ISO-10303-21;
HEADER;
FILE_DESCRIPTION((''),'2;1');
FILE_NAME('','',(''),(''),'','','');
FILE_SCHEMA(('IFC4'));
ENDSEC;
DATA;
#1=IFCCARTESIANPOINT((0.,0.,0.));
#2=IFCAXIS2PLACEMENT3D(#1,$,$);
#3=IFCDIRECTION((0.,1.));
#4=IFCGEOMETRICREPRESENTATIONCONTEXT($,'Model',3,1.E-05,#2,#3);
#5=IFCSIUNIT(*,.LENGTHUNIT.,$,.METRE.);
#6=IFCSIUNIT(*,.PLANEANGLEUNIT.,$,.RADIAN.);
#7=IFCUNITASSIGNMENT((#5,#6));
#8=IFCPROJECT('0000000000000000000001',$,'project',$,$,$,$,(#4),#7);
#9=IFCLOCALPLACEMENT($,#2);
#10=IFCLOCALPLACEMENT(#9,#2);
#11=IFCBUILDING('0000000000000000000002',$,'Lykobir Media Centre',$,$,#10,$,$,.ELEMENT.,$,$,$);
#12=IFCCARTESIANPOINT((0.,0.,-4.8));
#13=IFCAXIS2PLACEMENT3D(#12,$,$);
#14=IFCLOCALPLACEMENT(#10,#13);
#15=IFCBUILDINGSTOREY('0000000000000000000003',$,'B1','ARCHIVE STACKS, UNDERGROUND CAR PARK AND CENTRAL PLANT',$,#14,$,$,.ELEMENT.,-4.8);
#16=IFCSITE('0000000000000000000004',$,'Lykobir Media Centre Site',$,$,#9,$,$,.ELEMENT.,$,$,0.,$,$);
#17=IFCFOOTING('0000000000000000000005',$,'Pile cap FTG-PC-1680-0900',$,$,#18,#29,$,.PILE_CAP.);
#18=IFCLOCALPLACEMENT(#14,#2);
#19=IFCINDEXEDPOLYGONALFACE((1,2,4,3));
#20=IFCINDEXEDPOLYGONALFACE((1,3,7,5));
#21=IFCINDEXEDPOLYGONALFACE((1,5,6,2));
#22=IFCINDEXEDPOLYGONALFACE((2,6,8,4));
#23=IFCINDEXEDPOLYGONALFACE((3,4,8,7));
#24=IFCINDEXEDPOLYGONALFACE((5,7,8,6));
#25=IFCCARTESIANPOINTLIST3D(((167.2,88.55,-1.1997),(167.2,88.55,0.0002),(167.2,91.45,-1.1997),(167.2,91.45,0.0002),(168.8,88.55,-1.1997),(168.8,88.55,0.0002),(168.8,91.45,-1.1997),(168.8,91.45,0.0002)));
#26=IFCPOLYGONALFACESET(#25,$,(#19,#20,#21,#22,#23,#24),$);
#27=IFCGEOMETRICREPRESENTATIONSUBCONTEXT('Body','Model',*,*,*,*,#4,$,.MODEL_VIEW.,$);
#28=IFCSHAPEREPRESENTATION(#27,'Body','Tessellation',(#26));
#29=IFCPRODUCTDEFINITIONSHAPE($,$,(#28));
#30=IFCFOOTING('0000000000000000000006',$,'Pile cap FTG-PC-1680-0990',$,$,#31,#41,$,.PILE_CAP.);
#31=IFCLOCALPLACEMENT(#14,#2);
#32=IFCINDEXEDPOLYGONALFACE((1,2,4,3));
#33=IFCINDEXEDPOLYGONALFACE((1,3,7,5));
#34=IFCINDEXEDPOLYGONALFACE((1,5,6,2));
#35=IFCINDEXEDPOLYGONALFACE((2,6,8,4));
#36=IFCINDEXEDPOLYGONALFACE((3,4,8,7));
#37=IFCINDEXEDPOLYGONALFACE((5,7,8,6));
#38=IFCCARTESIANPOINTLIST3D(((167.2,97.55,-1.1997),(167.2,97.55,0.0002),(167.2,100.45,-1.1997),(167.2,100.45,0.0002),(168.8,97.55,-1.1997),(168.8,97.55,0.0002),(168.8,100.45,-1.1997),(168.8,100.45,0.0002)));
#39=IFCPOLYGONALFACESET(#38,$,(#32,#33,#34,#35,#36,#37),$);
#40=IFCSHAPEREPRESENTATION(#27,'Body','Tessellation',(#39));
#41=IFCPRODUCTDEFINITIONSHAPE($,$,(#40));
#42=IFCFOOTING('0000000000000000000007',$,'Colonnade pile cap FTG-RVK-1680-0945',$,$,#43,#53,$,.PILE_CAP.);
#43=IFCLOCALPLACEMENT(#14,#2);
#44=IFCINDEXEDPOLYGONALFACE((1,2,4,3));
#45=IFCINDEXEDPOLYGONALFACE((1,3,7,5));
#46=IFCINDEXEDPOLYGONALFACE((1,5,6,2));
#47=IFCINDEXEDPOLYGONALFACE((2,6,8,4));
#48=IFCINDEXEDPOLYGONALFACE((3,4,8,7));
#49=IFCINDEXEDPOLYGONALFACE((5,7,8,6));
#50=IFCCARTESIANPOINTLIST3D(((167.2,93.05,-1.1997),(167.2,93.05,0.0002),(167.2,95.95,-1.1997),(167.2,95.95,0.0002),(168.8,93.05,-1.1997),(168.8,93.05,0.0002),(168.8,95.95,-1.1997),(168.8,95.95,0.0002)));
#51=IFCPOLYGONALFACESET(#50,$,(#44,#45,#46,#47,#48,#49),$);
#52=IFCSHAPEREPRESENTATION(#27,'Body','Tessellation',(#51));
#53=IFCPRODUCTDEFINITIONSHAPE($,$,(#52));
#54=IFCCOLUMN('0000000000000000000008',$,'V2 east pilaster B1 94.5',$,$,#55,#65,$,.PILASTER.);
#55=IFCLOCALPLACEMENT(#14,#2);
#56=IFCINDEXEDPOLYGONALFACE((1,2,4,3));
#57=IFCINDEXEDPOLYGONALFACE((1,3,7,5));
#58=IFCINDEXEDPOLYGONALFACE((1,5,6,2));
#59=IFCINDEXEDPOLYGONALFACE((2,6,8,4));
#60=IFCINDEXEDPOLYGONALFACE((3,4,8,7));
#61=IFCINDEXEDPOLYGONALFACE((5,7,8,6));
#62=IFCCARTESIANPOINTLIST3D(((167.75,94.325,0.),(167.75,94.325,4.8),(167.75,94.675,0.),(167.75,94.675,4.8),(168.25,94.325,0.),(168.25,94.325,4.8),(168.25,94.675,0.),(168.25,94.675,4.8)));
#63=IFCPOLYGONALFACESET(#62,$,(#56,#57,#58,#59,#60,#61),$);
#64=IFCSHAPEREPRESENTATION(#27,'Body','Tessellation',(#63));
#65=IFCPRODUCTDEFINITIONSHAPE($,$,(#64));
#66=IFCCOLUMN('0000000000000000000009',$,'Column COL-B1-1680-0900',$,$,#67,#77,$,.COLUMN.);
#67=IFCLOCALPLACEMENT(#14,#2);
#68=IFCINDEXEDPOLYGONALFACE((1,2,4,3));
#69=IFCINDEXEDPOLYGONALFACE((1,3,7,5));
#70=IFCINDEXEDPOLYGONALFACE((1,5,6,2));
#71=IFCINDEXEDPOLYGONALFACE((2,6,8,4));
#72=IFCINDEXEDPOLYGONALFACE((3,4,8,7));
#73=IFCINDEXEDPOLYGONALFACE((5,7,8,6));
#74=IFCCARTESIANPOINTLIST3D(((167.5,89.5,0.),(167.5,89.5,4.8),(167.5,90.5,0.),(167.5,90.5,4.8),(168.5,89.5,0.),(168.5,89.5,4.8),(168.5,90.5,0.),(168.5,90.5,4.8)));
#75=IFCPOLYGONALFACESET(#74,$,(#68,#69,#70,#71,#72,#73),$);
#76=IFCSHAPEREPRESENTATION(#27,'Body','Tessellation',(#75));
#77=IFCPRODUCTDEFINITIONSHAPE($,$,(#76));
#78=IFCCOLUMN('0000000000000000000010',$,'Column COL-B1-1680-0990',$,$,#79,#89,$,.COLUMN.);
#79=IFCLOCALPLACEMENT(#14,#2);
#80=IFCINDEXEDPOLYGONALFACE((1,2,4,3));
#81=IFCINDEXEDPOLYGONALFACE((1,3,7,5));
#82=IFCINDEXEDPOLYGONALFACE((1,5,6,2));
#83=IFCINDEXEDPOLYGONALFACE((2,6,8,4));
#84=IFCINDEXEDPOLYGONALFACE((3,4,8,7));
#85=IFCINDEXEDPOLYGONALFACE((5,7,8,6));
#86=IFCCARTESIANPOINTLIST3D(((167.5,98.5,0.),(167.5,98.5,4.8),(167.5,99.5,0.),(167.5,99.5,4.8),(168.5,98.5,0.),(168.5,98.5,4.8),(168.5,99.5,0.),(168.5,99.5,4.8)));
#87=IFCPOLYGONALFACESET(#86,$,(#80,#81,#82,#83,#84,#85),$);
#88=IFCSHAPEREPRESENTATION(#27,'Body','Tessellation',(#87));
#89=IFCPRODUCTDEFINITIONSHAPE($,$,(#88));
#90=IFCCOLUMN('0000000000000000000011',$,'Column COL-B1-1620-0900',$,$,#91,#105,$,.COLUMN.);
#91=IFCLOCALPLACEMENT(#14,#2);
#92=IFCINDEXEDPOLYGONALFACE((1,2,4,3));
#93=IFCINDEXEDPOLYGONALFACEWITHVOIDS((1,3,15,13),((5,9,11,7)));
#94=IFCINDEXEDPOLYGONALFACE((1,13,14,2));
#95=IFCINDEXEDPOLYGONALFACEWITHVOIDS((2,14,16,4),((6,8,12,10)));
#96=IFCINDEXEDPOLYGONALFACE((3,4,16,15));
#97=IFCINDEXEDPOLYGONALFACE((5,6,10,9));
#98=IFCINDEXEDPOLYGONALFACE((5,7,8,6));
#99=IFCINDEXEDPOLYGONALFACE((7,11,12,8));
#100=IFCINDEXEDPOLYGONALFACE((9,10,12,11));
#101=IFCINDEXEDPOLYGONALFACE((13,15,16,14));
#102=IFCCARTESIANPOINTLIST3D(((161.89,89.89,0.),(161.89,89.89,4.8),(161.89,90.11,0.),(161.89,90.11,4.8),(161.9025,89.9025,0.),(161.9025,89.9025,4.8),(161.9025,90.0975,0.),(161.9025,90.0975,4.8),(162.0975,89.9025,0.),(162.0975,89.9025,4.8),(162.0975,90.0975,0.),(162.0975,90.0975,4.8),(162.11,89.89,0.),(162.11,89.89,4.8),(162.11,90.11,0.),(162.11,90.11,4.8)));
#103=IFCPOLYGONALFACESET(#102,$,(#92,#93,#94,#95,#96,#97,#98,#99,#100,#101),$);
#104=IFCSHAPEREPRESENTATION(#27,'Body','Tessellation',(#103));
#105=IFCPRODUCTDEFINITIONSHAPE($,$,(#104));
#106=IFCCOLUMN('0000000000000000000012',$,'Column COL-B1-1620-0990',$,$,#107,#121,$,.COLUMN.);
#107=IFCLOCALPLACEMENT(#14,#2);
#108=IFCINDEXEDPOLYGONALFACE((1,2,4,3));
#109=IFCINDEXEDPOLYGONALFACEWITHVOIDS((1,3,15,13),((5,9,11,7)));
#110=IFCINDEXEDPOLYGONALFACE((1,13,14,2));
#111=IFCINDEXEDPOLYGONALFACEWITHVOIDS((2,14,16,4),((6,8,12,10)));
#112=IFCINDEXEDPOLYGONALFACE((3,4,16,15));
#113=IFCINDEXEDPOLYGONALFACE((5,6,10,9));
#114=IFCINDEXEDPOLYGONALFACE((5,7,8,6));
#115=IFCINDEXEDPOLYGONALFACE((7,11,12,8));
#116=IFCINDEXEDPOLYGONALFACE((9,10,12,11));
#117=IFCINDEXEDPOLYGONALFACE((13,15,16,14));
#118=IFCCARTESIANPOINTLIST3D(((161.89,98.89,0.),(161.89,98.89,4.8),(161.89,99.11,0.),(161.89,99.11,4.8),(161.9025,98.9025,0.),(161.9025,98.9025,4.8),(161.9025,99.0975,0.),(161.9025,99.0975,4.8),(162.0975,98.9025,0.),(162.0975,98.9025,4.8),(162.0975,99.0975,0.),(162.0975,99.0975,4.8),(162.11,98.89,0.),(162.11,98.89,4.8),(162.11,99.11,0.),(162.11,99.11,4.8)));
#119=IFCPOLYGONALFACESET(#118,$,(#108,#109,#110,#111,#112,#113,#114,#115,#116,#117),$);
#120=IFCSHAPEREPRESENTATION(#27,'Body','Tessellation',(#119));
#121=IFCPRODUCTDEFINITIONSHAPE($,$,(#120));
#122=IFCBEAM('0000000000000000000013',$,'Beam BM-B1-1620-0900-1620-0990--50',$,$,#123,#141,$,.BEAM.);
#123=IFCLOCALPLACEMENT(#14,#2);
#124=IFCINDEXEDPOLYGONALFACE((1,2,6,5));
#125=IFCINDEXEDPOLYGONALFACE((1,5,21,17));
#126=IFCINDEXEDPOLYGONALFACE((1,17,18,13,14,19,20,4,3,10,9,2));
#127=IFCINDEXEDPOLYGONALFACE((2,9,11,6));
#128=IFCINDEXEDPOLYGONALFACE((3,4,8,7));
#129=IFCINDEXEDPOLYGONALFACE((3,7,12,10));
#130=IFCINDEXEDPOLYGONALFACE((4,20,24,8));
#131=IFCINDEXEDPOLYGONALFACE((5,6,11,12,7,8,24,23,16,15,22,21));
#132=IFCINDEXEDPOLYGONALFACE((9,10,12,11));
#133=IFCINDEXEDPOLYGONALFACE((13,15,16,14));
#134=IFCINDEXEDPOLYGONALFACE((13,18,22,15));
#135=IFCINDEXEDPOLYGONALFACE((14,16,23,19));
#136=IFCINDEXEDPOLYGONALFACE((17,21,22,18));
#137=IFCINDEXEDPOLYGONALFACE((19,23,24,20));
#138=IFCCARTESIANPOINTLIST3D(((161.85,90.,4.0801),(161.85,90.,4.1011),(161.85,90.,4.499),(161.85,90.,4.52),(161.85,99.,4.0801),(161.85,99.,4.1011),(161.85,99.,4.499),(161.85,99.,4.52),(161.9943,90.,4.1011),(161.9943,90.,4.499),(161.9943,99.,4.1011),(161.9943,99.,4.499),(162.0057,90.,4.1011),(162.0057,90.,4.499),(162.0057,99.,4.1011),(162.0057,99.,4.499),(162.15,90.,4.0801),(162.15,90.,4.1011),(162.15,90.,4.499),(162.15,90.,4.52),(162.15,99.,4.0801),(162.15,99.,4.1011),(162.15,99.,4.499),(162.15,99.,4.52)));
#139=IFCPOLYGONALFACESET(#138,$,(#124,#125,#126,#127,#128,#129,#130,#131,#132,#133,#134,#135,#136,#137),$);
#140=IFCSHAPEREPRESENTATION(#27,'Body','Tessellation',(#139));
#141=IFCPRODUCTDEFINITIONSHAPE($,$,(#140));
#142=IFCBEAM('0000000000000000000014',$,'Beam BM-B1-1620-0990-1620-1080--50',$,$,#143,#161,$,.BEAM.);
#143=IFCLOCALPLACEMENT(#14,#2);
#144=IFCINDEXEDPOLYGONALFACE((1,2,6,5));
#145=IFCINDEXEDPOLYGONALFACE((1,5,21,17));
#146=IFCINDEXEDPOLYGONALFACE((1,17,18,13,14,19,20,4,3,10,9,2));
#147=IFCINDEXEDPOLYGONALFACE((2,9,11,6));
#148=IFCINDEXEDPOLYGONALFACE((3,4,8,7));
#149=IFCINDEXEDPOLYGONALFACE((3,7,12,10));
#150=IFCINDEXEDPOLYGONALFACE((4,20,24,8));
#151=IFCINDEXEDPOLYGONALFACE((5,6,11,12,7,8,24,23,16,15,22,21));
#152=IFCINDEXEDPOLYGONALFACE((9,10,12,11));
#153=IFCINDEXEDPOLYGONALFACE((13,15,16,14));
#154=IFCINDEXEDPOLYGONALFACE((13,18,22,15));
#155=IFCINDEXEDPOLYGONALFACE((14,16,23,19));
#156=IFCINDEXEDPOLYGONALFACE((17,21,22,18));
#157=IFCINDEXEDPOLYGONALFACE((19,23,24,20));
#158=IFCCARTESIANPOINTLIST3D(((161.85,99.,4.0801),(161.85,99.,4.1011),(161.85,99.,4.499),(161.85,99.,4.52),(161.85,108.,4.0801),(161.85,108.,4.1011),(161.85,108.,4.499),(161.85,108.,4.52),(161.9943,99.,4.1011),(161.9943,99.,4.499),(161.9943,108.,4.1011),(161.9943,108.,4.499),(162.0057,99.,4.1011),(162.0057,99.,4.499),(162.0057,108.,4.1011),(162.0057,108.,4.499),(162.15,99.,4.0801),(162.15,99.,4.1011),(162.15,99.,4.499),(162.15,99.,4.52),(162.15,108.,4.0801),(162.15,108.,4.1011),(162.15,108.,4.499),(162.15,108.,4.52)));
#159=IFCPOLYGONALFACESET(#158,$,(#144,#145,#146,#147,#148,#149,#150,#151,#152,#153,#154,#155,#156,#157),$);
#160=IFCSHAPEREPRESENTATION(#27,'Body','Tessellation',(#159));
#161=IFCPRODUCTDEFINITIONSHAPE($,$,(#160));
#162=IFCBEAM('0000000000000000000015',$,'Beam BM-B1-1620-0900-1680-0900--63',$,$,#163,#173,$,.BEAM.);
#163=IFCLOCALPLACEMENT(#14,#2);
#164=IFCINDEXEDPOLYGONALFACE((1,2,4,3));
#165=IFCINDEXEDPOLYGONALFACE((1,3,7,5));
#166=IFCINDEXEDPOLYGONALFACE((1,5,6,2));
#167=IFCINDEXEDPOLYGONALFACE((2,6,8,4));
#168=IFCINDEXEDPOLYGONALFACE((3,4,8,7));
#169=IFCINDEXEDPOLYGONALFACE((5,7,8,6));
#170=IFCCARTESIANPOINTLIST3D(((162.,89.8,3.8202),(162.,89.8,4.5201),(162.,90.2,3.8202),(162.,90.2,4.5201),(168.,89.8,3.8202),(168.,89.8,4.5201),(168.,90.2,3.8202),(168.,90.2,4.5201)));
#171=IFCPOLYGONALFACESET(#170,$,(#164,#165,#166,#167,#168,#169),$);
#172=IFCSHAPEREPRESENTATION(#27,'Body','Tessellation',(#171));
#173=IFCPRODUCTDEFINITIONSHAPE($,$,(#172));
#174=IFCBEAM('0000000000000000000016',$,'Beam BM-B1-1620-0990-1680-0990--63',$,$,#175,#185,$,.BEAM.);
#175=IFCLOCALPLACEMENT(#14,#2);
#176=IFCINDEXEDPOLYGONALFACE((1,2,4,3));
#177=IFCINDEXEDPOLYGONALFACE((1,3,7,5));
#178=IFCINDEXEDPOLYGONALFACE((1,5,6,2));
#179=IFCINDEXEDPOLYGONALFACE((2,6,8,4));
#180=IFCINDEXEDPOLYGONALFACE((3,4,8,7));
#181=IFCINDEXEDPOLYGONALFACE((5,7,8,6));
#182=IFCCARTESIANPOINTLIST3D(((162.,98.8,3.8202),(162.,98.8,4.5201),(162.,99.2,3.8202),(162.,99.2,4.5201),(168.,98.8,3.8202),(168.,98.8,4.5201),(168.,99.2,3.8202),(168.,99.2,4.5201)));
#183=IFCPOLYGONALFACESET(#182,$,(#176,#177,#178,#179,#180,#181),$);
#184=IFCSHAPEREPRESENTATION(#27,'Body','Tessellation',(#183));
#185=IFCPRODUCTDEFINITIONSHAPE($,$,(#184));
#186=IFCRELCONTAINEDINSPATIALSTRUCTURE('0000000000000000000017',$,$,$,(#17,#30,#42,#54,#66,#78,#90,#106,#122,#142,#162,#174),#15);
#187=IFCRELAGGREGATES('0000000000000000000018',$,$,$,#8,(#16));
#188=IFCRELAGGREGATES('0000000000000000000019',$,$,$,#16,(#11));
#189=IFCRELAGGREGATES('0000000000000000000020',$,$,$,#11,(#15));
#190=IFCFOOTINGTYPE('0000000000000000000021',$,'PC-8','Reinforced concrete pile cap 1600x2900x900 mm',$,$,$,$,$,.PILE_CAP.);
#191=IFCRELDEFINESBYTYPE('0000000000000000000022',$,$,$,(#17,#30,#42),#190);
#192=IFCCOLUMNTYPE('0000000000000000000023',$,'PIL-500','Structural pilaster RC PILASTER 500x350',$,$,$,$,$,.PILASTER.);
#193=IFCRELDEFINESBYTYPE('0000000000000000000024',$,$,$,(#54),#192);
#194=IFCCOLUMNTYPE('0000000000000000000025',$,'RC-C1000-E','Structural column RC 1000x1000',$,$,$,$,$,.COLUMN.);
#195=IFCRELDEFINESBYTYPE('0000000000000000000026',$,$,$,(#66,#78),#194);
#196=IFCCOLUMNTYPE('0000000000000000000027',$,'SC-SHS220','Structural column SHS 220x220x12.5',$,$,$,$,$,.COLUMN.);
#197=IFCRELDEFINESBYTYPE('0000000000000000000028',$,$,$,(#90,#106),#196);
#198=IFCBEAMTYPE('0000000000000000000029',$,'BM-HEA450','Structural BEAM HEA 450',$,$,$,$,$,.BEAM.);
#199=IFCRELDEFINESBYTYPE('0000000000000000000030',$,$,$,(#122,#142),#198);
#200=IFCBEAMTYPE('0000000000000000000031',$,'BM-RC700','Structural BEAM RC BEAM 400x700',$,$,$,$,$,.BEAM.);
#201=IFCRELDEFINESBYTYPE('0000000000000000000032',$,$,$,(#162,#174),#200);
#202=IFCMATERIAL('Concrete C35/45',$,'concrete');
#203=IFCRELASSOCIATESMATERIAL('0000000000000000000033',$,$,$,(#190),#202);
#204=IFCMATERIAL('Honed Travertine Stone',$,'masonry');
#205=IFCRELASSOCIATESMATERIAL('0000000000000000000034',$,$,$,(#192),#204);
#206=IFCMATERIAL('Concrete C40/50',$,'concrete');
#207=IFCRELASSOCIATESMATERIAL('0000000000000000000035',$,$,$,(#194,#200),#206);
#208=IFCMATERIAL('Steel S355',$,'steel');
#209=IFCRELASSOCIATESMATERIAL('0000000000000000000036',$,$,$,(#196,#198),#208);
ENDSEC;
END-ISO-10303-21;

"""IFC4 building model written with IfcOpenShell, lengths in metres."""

from ifc_helpers import new_model, si_unit, direction, frame, origin, origin_2d, place, context, subcontext, project, spatial, rectangle, hollow_rectangle, i_section, extrude, material, material_profile, profile_set, type_object, element, save


model = new_model("IFC4")

# Units and contexts
model_context = context("Model", 3, precision=1e-05, world=origin(), true_north=direction((0.0, 1.0)))
body_context = subcontext(model_context, "Body", "Model", "MODEL_VIEW")
ifc_project = project(units=[si_unit("LENGTHUNIT", "METRE"), si_unit("PLANEANGLEUNIT", "RADIAN")], contexts=[model_context])

# Site, building, storey
site_placement = place(None, origin())
site = spatial("IfcSite", under=ifc_project, at=site_placement, Name="Lykobir Media Centre Site", CompositionType="ELEMENT", RefElevation=0.0)
building_placement = place(site_placement, origin())
building = spatial("IfcBuilding", under=site, at=building_placement, Name="Lykobir Media Centre", CompositionType="ELEMENT")
storey_placement = place(building_placement, frame((0.0, 0.0, -4.8)))
storey = spatial("IfcBuildingStorey", under=building, at=storey_placement, Name="B1", Description="ARCHIVE STACKS, UNDERGROUND CAR PARK AND CENTRAL PLANT", CompositionType="ELEMENT", Elevation=-4.8)

# Footings
ifc_material_1 = material(Name="Concrete C35/45", Category="concrete")
footing_type_1 = type_object("IfcFootingType", Name="PC-8", Description="Reinforced concrete pile cap 1600x2900x900 mm", PredefinedType="PILE_CAP", material=ifc_material_1)
for number, where, z_axis, x_axis, name in (
    (1, (168.0, 90.0, -1.1997), (0.0, 0.0, 1.0), (1.0, 0.0, 0.0), "Pile cap FTG-PC-1680-0900"),
    (2, (168.0, 99.0, -1.1997), (0.0, 0.0, 1.0), (1.0, 0.0, 0.0), "Pile cap FTG-PC-1680-0990"),
    (3, (168.0, 94.5, -1.1997), (0.0, 0.0, 1.0), (1.0, 0.0, 0.0), "Colonnade pile cap FTG-RVK-1680-0945"),
):
    element("IfcFooting", number, at=place(storey_placement, frame(where, z_axis=z_axis, x_axis=x_axis)), inside=storey, type_object=footing_type_1, Name=name, PredefinedType="PILE_CAP", context=body_context, shape_type="SweptSolid", body=[
        extrude(rectangle(XDim=1.6001, YDim=2.8999, at=origin_2d()), origin(), (0.0, 0.0, 1.0), 1.2),
    ])

# Columns
ifc_material_2 = material(Name="Honed Travertine Stone", Category="masonry")
ifc_material_profile_1 = material_profile(ifc_material_2, rectangle(XDim=0.3501, YDim=0.5, at=origin_2d()), Name="RC PILASTER 500x350")
ifc_profile_set_1 = profile_set([ifc_material_profile_1], Name="Honed Travertine Stone")
column_type_1 = type_object("IfcColumnType", Name="PIL-500", Description="Structural pilaster RC PILASTER 500x350", PredefinedType="PILASTER", material=ifc_profile_set_1)
column_placement = place(storey_placement, frame((168.0, 94.5, 0.0), z_axis=(0.0, 0.0, 1.0), x_axis=(0.0, 1.0, 0.0)))
element("IfcColumn", 4, at=column_placement, inside=storey, type_object=column_type_1, Name="V2 east pilaster B1 94.5", PredefinedType="PILASTER", context=body_context, shape_type="SweptSolid", body=[
    extrude(rectangle(XDim=0.3501, YDim=0.5, at=origin_2d()), origin(), (0.0, 0.0, 1.0), 4.8),
])
ifc_material_3 = material(Name="Concrete C40/50", Category="concrete")
ifc_material_profile_2 = material_profile(ifc_material_3, rectangle(XDim=1.0, YDim=1.0, at=origin_2d()), Name="RC 1000x1000")
ifc_profile_set_2 = profile_set([ifc_material_profile_2], Name="Concrete C40/50")
column_type_2 = type_object("IfcColumnType", Name="RC-C1000-E", Description="Structural column RC 1000x1000", PredefinedType="COLUMN", material=ifc_profile_set_2)
for number, where, z_axis, x_axis, name in (
    (5, (168.0, 90.0, 0.0), (0.0, 0.0, 1.0), (1.0, 0.0, 0.0), "Column COL-B1-1680-0900"),
    (6, (168.0, 99.0, 0.0), (0.0, 0.0, 1.0), (1.0, 0.0, 0.0), "Column COL-B1-1680-0990"),
):
    element("IfcColumn", number, at=place(storey_placement, frame(where, z_axis=z_axis, x_axis=x_axis)), inside=storey, type_object=column_type_2, Name=name, PredefinedType="COLUMN", context=body_context, shape_type="SweptSolid", body=[
        extrude(rectangle(XDim=1.0, YDim=1.0, at=origin_2d()), origin(), (0.0, 0.0, 1.0), 4.8),
    ])
ifc_material_4 = material(Name="Steel S355", Category="steel")
ifc_material_profile_3 = material_profile(ifc_material_4, hollow_rectangle(XDim=0.22, YDim=0.22, WallThickness=0.0125, at=origin_2d()), Name="SHS 220x220x12.5")
ifc_profile_set_3 = profile_set([ifc_material_profile_3], Name="Steel S355")
column_type_3 = type_object("IfcColumnType", Name="SC-SHS220", Description="Structural column SHS 220x220x12.5", PredefinedType="COLUMN", material=ifc_profile_set_3)
for number, where, z_axis, x_axis, name in (
    (7, (162.0, 90.0, 0.0), (0.0, 0.0, 1.0), (1.0, 0.0, 0.0), "Column COL-B1-1620-0900"),
    (8, (162.0, 99.0, 0.0), (0.0, 0.0, 1.0), (1.0, 0.0, 0.0), "Column COL-B1-1620-0990"),
):
    element("IfcColumn", number, at=place(storey_placement, frame(where, z_axis=z_axis, x_axis=x_axis)), inside=storey, type_object=column_type_3, Name=name, PredefinedType="COLUMN", context=body_context, shape_type="SweptSolid", body=[
        extrude(hollow_rectangle(XDim=0.22, YDim=0.22, WallThickness=0.0125, at=origin_2d()), origin(), (0.0, 0.0, 1.0), 4.8),
    ])

# Beams
ifc_material_profile_4 = material_profile(ifc_material_4, i_section(OverallWidth=0.3, OverallDepth=0.4399, WebThickness=0.0115, FlangeThickness=0.021, at=origin_2d()), Name="HEA 450")
ifc_profile_set_4 = profile_set([ifc_material_profile_4], Name="Steel S355")
beam_type_1 = type_object("IfcBeamType", Name="BM-HEA450", Description="Structural BEAM HEA 450", PredefinedType="BEAM", material=ifc_profile_set_4)
for number, where, z_axis, x_axis, name in (
    (9, (162.0, 90.0, 4.3), (0.0, 1.0, 0.0), (-1.0, 0.0, 0.0), "Beam BM-B1-1620-0900-1620-0990--50"),
    (10, (162.0, 99.0, 4.3), (0.0, 1.0, 0.0), (-1.0, 0.0, 0.0), "Beam BM-B1-1620-0990-1620-1080--50"),
):
    element("IfcBeam", number, at=place(storey_placement, frame(where, z_axis=z_axis, x_axis=x_axis)), inside=storey, type_object=beam_type_1, Name=name, PredefinedType="BEAM", context=body_context, shape_type="SweptSolid", body=[
        extrude(i_section(OverallWidth=0.3, OverallDepth=0.4399, WebThickness=0.0115, FlangeThickness=0.021, at=origin_2d()), origin(), (0.0, 0.0, 1.0), 9.0),
    ])
ifc_material_profile_5 = material_profile(ifc_material_3, rectangle(XDim=0.3999, YDim=0.7, at=origin_2d()), Name="RC BEAM 400x700")
ifc_profile_set_5 = profile_set([ifc_material_profile_5], Name="Concrete C40/50")
beam_type_2 = type_object("IfcBeamType", Name="BM-RC700", Description="Structural BEAM RC BEAM 400x700", PredefinedType="BEAM", material=ifc_profile_set_5)
for number, where, z_axis, x_axis, name in (
    (11, (162.0, 90.0, 4.1702), (1.0, 0.0, 0.0), (0.0, 1.0, 0.0), "Beam BM-B1-1620-0900-1680-0900--63"),
    (12, (162.0, 99.0, 4.1702), (1.0, 0.0, 0.0), (0.0, 1.0, 0.0), "Beam BM-B1-1620-0990-1680-0990--63"),
):
    element("IfcBeam", number, at=place(storey_placement, frame(where, z_axis=z_axis, x_axis=x_axis)), inside=storey, type_object=beam_type_2, Name=name, PredefinedType="BEAM", context=body_context, shape_type="SweptSolid", body=[
        extrude(rectangle(XDim=0.3999, YDim=0.7, at=origin_2d()), origin(), (0.0, 0.0, 1.0), 6.0),
    ])

save(model, "model.ifc")
